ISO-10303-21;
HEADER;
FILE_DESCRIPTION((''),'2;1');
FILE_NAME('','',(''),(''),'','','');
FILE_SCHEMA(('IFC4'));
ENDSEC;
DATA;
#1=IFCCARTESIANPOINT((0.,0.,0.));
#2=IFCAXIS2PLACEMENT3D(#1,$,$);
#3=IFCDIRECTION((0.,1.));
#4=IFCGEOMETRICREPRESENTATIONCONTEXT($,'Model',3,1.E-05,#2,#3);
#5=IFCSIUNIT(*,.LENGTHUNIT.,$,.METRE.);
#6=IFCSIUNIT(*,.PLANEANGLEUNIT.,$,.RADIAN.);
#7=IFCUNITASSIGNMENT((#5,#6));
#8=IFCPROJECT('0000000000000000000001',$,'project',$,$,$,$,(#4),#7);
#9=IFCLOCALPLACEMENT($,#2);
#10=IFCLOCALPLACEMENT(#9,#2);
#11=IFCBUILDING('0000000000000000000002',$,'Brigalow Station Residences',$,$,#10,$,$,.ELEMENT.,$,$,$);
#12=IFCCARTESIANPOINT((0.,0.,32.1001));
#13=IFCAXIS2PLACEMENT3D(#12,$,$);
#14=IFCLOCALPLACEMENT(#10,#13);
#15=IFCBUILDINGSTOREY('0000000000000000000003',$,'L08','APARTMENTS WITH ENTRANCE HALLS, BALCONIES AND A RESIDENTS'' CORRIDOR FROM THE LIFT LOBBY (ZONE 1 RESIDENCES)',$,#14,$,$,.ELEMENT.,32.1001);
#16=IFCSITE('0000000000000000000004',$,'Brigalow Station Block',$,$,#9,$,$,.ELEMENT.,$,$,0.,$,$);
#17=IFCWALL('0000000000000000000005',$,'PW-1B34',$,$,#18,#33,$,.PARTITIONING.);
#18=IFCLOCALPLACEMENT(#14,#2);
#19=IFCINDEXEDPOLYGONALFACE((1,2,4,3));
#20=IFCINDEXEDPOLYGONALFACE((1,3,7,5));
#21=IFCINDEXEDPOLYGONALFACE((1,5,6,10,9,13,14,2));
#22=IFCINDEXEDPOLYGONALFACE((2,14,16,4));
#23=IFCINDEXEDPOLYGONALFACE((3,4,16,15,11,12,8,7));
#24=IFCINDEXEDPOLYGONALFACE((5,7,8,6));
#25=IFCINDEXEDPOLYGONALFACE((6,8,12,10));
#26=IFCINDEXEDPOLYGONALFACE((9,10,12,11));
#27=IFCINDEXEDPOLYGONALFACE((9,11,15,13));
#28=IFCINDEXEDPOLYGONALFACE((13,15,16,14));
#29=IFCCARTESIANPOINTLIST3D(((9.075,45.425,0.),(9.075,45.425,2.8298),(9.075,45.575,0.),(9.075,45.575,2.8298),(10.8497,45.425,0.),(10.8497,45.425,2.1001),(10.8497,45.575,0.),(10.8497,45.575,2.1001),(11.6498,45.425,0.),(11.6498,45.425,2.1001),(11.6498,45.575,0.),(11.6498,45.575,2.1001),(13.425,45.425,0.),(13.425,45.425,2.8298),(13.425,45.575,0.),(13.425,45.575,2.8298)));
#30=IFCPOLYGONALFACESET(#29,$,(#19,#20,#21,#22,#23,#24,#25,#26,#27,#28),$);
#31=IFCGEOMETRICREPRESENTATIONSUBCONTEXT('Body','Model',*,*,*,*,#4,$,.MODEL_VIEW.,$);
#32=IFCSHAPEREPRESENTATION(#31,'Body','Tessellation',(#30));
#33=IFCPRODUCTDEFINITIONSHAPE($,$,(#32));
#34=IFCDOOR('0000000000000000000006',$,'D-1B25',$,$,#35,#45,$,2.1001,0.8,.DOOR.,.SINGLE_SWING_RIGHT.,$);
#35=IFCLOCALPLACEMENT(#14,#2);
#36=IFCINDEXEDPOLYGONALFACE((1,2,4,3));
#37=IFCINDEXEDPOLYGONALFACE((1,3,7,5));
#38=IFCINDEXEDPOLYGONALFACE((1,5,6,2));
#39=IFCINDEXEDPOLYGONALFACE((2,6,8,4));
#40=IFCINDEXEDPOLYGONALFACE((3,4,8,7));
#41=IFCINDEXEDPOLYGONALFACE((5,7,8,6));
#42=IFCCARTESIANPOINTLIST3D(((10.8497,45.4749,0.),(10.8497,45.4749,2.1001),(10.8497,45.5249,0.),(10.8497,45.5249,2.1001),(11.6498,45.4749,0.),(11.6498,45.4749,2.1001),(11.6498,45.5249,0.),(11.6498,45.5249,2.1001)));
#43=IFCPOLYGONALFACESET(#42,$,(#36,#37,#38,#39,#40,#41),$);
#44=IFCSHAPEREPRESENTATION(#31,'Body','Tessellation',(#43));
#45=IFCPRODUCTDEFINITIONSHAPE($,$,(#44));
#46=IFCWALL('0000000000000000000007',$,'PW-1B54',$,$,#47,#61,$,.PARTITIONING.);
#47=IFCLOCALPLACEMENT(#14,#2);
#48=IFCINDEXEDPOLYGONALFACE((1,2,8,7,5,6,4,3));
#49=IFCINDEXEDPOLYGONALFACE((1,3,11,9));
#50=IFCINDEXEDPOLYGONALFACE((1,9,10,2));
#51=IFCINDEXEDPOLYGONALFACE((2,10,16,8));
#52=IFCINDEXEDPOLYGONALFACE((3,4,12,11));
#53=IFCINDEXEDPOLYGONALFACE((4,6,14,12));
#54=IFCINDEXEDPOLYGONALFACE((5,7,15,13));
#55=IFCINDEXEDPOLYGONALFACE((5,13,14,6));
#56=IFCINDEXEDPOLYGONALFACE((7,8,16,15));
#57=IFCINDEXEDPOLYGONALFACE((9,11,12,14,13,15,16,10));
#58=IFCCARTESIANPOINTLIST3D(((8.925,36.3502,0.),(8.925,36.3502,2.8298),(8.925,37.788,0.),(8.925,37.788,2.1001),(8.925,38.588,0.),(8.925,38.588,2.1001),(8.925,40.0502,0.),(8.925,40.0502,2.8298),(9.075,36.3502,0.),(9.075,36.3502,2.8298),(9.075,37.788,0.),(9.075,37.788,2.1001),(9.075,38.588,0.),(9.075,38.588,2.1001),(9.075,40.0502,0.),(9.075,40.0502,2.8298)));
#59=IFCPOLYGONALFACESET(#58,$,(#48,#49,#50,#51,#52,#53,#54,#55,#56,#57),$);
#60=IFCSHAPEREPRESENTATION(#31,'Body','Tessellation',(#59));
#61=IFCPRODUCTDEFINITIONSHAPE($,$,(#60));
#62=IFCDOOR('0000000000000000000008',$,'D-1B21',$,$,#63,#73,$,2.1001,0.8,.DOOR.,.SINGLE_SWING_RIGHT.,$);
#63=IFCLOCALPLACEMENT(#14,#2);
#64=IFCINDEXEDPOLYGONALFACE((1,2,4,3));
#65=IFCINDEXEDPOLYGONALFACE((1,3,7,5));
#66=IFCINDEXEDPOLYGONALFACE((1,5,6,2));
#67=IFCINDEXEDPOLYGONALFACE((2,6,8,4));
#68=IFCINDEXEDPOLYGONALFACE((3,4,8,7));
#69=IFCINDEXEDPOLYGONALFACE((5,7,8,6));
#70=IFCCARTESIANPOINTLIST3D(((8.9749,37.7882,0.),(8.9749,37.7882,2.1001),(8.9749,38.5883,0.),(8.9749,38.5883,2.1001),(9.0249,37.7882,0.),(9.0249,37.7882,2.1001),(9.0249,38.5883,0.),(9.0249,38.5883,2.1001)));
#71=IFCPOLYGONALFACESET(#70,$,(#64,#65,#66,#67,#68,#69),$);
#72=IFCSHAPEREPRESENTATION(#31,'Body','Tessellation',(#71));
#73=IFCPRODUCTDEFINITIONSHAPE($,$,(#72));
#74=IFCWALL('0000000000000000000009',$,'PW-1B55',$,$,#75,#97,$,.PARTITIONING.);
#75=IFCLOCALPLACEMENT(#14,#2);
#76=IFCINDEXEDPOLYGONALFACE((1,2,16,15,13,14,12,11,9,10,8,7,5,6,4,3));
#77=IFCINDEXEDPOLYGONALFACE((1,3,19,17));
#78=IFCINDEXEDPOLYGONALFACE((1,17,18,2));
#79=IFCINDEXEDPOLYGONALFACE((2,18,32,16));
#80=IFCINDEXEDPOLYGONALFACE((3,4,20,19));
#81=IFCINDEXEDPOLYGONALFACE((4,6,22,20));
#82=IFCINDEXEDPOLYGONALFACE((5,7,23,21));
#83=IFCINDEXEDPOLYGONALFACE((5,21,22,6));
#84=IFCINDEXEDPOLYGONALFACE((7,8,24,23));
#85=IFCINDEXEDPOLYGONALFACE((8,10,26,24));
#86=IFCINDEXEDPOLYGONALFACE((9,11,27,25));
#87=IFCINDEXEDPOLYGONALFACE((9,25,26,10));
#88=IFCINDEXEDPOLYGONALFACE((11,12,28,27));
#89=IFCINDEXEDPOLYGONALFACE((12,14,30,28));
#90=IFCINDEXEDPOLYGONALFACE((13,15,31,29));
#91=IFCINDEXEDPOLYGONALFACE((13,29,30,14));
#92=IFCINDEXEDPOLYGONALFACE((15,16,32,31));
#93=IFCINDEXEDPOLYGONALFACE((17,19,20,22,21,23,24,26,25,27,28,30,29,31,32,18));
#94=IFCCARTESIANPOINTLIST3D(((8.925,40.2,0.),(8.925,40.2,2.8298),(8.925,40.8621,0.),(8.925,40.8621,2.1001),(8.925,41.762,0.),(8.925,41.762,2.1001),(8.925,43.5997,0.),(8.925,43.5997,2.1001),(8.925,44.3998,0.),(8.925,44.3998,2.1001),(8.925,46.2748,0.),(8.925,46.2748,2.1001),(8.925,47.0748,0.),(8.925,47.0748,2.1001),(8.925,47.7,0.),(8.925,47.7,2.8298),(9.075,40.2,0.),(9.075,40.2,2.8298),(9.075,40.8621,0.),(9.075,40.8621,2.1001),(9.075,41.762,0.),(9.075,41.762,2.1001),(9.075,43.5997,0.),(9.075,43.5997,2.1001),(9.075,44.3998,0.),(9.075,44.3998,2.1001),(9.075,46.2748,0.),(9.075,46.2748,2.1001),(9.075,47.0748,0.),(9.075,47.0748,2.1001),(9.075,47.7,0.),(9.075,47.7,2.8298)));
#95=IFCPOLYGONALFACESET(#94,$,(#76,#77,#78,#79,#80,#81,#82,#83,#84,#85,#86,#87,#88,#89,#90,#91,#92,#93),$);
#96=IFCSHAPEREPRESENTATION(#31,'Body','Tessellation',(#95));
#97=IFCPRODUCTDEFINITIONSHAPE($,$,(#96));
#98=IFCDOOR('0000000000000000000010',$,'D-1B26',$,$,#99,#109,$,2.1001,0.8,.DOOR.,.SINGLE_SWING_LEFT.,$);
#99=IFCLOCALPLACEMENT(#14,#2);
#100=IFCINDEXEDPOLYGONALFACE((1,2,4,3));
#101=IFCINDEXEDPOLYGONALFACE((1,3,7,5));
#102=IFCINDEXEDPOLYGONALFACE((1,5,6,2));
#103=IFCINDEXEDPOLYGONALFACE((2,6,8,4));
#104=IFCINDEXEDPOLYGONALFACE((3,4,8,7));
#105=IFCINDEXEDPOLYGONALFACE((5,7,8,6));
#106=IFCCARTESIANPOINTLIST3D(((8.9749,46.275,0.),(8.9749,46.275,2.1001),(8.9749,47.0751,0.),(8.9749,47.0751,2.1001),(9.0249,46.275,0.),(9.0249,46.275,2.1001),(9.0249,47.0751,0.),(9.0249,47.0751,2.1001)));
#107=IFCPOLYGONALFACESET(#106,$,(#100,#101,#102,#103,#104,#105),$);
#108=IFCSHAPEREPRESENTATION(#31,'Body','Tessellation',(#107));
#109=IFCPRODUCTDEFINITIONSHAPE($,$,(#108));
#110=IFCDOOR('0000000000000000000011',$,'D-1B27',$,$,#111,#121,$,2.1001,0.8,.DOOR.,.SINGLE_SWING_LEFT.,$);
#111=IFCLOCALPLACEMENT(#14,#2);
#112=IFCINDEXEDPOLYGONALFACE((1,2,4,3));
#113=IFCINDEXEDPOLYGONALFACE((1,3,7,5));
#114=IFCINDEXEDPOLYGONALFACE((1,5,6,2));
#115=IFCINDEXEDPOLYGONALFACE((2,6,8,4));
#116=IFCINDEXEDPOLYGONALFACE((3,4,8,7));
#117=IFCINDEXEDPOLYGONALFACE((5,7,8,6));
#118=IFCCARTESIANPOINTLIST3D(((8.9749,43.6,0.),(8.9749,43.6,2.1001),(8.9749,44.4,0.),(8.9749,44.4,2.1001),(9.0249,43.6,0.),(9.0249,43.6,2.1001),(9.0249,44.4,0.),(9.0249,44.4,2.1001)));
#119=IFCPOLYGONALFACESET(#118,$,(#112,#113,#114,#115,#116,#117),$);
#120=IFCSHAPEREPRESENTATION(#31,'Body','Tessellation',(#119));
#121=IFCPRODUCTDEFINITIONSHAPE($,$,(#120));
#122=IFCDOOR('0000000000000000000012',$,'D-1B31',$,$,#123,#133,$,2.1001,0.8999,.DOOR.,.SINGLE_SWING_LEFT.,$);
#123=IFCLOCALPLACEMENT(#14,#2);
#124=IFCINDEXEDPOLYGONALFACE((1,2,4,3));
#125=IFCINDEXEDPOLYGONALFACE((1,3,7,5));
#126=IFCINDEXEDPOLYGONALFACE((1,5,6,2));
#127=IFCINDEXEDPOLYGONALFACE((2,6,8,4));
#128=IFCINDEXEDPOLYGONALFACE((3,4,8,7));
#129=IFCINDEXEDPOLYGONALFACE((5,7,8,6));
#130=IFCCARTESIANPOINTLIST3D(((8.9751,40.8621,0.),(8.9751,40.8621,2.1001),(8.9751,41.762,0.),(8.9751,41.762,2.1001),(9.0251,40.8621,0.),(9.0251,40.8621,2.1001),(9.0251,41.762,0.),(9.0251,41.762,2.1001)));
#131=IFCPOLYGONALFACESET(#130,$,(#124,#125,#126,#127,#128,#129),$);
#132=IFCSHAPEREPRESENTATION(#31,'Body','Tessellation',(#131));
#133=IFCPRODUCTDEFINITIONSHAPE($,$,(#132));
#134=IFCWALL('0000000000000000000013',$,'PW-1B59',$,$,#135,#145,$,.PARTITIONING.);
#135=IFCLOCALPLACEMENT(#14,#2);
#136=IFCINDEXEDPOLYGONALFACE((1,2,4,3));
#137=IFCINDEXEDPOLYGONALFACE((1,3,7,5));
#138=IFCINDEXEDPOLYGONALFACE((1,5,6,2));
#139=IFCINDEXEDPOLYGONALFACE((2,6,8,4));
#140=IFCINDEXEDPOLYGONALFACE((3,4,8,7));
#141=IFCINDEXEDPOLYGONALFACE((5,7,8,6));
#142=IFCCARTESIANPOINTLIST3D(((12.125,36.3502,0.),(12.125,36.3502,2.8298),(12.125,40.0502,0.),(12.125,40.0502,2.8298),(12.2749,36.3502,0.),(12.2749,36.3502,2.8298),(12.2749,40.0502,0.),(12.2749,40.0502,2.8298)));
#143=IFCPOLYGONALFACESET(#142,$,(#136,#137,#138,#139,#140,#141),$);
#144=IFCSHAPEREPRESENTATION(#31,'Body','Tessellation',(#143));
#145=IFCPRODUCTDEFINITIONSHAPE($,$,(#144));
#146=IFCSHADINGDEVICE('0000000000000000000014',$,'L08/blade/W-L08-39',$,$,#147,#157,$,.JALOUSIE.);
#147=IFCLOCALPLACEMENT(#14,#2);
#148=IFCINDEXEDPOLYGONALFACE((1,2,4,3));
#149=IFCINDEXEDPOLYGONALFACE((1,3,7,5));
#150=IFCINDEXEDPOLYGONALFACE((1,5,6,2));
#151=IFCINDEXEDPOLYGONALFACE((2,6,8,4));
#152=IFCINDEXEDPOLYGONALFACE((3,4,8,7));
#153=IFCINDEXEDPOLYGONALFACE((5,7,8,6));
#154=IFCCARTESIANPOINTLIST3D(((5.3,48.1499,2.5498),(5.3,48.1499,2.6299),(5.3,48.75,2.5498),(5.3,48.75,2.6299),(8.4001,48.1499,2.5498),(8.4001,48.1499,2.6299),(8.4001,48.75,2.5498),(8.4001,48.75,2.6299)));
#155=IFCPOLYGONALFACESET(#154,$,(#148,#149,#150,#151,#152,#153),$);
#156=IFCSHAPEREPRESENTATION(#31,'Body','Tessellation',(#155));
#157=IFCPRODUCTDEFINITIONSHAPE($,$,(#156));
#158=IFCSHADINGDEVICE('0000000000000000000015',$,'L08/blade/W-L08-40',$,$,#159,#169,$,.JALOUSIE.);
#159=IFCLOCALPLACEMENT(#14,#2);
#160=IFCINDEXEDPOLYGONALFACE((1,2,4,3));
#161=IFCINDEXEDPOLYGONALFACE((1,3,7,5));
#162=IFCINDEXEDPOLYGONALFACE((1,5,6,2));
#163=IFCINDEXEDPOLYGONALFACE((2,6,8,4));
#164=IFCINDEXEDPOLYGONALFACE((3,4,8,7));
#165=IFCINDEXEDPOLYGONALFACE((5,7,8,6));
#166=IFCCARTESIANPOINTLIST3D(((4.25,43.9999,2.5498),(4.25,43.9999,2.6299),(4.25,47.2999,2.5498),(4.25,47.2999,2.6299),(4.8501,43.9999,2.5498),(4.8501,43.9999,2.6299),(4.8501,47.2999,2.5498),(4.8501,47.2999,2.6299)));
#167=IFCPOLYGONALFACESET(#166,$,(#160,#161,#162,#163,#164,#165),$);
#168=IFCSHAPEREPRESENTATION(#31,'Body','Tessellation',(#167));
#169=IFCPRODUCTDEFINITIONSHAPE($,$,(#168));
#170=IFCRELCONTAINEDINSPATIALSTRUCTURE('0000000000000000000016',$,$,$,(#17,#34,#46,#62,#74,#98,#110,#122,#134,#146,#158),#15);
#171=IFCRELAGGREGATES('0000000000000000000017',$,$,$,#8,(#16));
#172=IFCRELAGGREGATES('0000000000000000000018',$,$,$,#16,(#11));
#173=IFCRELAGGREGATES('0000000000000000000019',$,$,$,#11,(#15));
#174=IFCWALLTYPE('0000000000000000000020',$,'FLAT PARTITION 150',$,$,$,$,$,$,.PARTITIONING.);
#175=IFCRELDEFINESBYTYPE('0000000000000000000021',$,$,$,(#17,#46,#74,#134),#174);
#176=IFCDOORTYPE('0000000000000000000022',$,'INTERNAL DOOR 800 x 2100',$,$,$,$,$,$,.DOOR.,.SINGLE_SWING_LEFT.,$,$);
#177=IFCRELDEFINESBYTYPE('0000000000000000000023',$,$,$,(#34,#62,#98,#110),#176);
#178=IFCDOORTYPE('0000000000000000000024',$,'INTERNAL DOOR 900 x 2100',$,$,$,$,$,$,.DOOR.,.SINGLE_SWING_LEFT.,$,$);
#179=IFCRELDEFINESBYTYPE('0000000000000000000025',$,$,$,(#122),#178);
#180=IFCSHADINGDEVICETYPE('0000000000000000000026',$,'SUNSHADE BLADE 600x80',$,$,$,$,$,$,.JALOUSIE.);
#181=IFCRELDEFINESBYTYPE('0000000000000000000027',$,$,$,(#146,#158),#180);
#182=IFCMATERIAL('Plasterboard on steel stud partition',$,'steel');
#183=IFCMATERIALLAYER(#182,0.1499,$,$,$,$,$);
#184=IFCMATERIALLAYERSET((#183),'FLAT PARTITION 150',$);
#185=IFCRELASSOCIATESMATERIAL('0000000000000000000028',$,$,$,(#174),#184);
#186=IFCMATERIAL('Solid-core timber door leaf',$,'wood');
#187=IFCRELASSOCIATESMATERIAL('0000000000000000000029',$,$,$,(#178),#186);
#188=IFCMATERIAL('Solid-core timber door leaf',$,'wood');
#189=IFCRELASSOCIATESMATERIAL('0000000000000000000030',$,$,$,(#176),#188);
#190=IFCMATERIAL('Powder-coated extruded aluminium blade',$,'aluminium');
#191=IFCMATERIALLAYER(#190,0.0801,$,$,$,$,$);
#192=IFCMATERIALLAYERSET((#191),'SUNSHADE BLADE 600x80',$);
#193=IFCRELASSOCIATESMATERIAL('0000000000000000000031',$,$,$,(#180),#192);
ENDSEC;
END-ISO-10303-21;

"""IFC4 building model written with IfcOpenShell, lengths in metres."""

from ifc_helpers import new_model, si_unit, direction, frame, frame_2d, origin, origin_2d, place, context, subcontext, project, spatial, rectangle, extrude, material, layer, layer_set, type_object, element, fill, save


model = new_model("IFC4")

# Units and contexts
model_context = context("Model", 3, precision=1e-05, world=origin(), true_north=direction((0.0, 1.0)))
body_context = subcontext(model_context, "Body", "Model", "MODEL_VIEW")
ifc_project = project(units=[si_unit("LENGTHUNIT", "METRE"), si_unit("PLANEANGLEUNIT", "RADIAN")], contexts=[model_context])

# Site, building, storey
site_placement = place(None, origin())
site = spatial("IfcSite", under=ifc_project, at=site_placement, Name="Brigalow Station Block", CompositionType="ELEMENT", RefElevation=0.0)
building_placement = place(site_placement, origin())
building = spatial("IfcBuilding", under=site, at=building_placement, Name="Brigalow Station Residences", CompositionType="ELEMENT")
storey_placement = place(building_placement, frame((0.0, 0.0, 32.1001)))
storey = spatial("IfcBuildingStorey", under=building, at=storey_placement, Name="L08", Description="APARTMENTS WITH ENTRANCE HALLS, BALCONIES AND A RESIDENTS' CORRIDOR FROM THE LIFT LOBBY (ZONE 1 RESIDENCES)", CompositionType="ELEMENT", Elevation=32.1001)

# Shared definitions
ifc_material_1 = material(Name="Plasterboard on steel stud partition", Category="steel")
ifc_layer_1 = layer(ifc_material_1, 0.1499)
ifc_layer_set_1 = layer_set([ifc_layer_1], Name="FLAT PARTITION 150")
wall_type_1 = type_object("IfcWallType", Name="FLAT PARTITION 150", PredefinedType="PARTITIONING", material=ifc_layer_set_1)
ifc_material_2 = material(Name="Solid-core timber door leaf", Category="wood")
door_type_1 = type_object("IfcDoorType", Name="INTERNAL DOOR 900 x 2100", OperationType="SINGLE_SWING_LEFT", PredefinedType="DOOR", material=ifc_material_2)

# Walls, openings, doors
wall_1_placement = place(storey_placement, frame((9.075, 45.5, 0.0), z_axis=(0.0, 0.0, 1.0), x_axis=(1.0, 0.0, 0.0)))
wall_1 = element("IfcWall", 1, at=wall_1_placement, inside=storey, type_object=wall_type_1, Name="PW-1B34", PredefinedType="PARTITIONING", context=body_context, shape_type="SweptSolid", body=[
    extrude(rectangle(XDim=4.3501, YDim=0.1499, at=frame_2d((2.175, 0.0))), origin(), (0.0, 0.0, 1.0), 2.8298),
])
opening_1_placement = place(wall_1_placement, frame((1.7749, 0.0, 0.0)))
opening_1 = element("IfcOpeningElement", 2, at=opening_1_placement, cuts=wall_1, PredefinedType="OPENING", context=body_context, shape_type="SweptSolid", body=[
    extrude(rectangle(XDim=0.8, YDim=2.1001, at=frame_2d((0.3999, 1.05))), frame((0.0, 0.085, 0.0), z_axis=(0.0, -1.0, 0.0), x_axis=(1.0, 0.0, 0.0)), (0.0, 0.0, 1.0), 0.1699),
])
ifc_material_3 = material(Name="Solid-core timber door leaf", Category="wood")
door_type_2 = type_object("IfcDoorType", Name="INTERNAL DOOR 800 x 2100", OperationType="SINGLE_SWING_LEFT", PredefinedType="DOOR", material=ifc_material_3)
door_1_placement = place(opening_1_placement, origin())
door_1 = element("IfcDoor", 3, at=door_1_placement, inside=storey, type_object=door_type_2, Name="D-1B25", OperationType="SINGLE_SWING_RIGHT", OverallHeight=2.1001, OverallWidth=0.8, PredefinedType="DOOR", context=body_context, shape_type="SweptSolid", body=[
    extrude(rectangle(XDim=0.8, YDim=2.1001, at=frame_2d((0.3999, 1.05))), frame((0.0, 0.0249, 0.0), z_axis=(0.0, -1.0, 0.0), x_axis=(1.0, 0.0, 0.0)), (0.0, 0.0, 1.0), 0.05),
])
fill(opening_1, door_1)
wall_2_placement = place(storey_placement, frame((9.0, 36.3501, 0.0), z_axis=(0.0, 0.0, 1.0), x_axis=(0.0, 1.0, 0.0)))
wall_2 = element("IfcWall", 4, at=wall_2_placement, inside=storey, type_object=wall_type_1, Name="PW-1B54", PredefinedType="PARTITIONING", context=body_context, shape_type="SweptSolid", body=[
    extrude(rectangle(XDim=3.7, YDim=0.1499, at=frame_2d((1.8501, 0.0))), origin(), (0.0, 0.0, 1.0), 2.8298),
])
opening_2_placement = place(wall_2_placement, frame((1.438, 0.0, 0.0)))
opening_2 = element("IfcOpeningElement", 5, at=opening_2_placement, cuts=wall_2, PredefinedType="OPENING", context=body_context, shape_type="SweptSolid", body=[
    extrude(rectangle(XDim=0.8, YDim=2.1001, at=frame_2d((0.3999, 1.05))), frame((0.0, 0.085, 0.0), z_axis=(0.0, -1.0, 0.0), x_axis=(1.0, 0.0, 0.0)), (0.0, 0.0, 1.0), 0.1699),
])
door_2_placement = place(opening_2_placement, frame((0.8, 0.0, 0.0), z_axis=(0.0, 0.0, 1.0), x_axis=(-1.0, 0.0, 0.0)))
door_2 = element("IfcDoor", 6, at=door_2_placement, inside=storey, type_object=door_type_2, Name="D-1B21", OperationType="SINGLE_SWING_RIGHT", OverallHeight=2.1001, OverallWidth=0.8, PredefinedType="DOOR", context=body_context, shape_type="SweptSolid", body=[
    extrude(rectangle(XDim=0.8, YDim=2.1001, at=frame_2d((0.3999, 1.05))), frame((0.0, 0.0249, 0.0), z_axis=(0.0, -1.0, 0.0), x_axis=(1.0, 0.0, 0.0)), (0.0, 0.0, 1.0), 0.05),
])
fill(opening_2, door_2)

# Wall, openings, doors
wall_3_placement = place(storey_placement, frame((9.0, 40.2, 0.0), z_axis=(0.0, 0.0, 1.0), x_axis=(0.0, 1.0, 0.0)))
wall_3 = element("IfcWall", 7, at=wall_3_placement, inside=storey, type_object=wall_type_1, Name="PW-1B55", PredefinedType="PARTITIONING", context=body_context, shape_type="SweptSolid", body=[
    extrude(rectangle(XDim=7.5, YDim=0.1499, at=frame_2d((3.75, 0.0))), origin(), (0.0, 0.0, 1.0), 2.8298),
])
opening_3_placement = place(wall_3_placement, frame((6.075, 0.0, 0.0)))
opening_3 = element("IfcOpeningElement", 8, at=opening_3_placement, cuts=wall_3, PredefinedType="OPENING", context=body_context, shape_type="SweptSolid", body=[
    extrude(rectangle(XDim=0.8, YDim=2.1001, at=frame_2d((0.3999, 1.05))), frame((0.0, 0.085, 0.0), z_axis=(0.0, -1.0, 0.0), x_axis=(1.0, 0.0, 0.0)), (0.0, 0.0, 1.0), 0.1699),
])
opening_4_placement = place(wall_3_placement, frame((3.3999, 0.0, 0.0)))
opening_4 = element("IfcOpeningElement", 9, at=opening_4_placement, cuts=wall_3, PredefinedType="OPENING", context=body_context, shape_type="SweptSolid", body=[
    extrude(rectangle(XDim=0.8, YDim=2.1001, at=frame_2d((0.3999, 1.05))), frame((0.0, 0.085, 0.0), z_axis=(0.0, -1.0, 0.0), x_axis=(1.0, 0.0, 0.0)), (0.0, 0.0, 1.0), 0.1699),
])
opening_5_placement = place(wall_3_placement, frame((0.6621, 0.0, 0.0)))
opening_5 = element("IfcOpeningElement", 10, at=opening_5_placement, cuts=wall_3, PredefinedType="OPENING", context=body_context, shape_type="SweptSolid", body=[
    extrude(rectangle(XDim=0.8999, YDim=2.1001, at=frame_2d((0.45, 1.05))), frame((0.0, 0.085, 0.0), z_axis=(0.0, -1.0, 0.0), x_axis=(1.0, 0.0, 0.0)), (0.0, 0.0, 1.0), 0.1699),
])
door_3_placement = place(opening_3_placement, frame((0.8, 0.0, 0.0), z_axis=(0.0, 0.0, 1.0), x_axis=(-1.0, 0.0, 0.0)))
door_3 = element("IfcDoor", 11, at=door_3_placement, inside=storey, type_object=door_type_2, Name="D-1B26", OperationType="SINGLE_SWING_LEFT", OverallHeight=2.1001, OverallWidth=0.8, PredefinedType="DOOR", context=body_context, shape_type="SweptSolid", body=[
    extrude(rectangle(XDim=0.8, YDim=2.1001, at=frame_2d((0.3999, 1.05))), frame((0.0, 0.0249, 0.0), z_axis=(0.0, -1.0, 0.0), x_axis=(1.0, 0.0, 0.0)), (0.0, 0.0, 1.0), 0.05),
])
fill(opening_3, door_3)
door_4_placement = place(opening_4_placement, frame((0.8, 0.0, 0.0), z_axis=(0.0, 0.0, 1.0), x_axis=(-1.0, 0.0, 0.0)))
door_4 = element("IfcDoor", 12, at=door_4_placement, inside=storey, type_object=door_type_2, Name="D-1B27", OperationType="SINGLE_SWING_LEFT", OverallHeight=2.1001, OverallWidth=0.8, PredefinedType="DOOR", context=body_context, shape_type="SweptSolid", body=[
    extrude(rectangle(XDim=0.8, YDim=2.1001, at=frame_2d((0.3999, 1.05))), frame((0.0, 0.0249, 0.0), z_axis=(0.0, -1.0, 0.0), x_axis=(1.0, 0.0, 0.0)), (0.0, 0.0, 1.0), 0.05),
])
fill(opening_4, door_4)
door_5_placement = place(opening_5_placement, origin())
door_5 = element("IfcDoor", 13, at=door_5_placement, inside=storey, type_object=door_type_1, Name="D-1B31", OperationType="SINGLE_SWING_LEFT", OverallHeight=2.1001, OverallWidth=0.8999, PredefinedType="DOOR", context=body_context, shape_type="SweptSolid", body=[
    extrude(rectangle(XDim=0.8999, YDim=2.1001, at=frame_2d((0.45, 1.05))), frame((0.0, 0.0249, 0.0), z_axis=(0.0, -1.0, 0.0), x_axis=(1.0, 0.0, 0.0)), (0.0, 0.0, 1.0), 0.05),
])
fill(opening_5, door_5)

# Wall
wall_4_placement = place(storey_placement, frame((12.2, 36.3501, 0.0), z_axis=(0.0, 0.0, 1.0), x_axis=(0.0, 1.0, 0.0)))
element("IfcWall", 14, at=wall_4_placement, inside=storey, type_object=wall_type_1, Name="PW-1B59", PredefinedType="PARTITIONING", context=body_context, shape_type="SweptSolid", body=[
    extrude(rectangle(XDim=3.7, YDim=0.1499, at=frame_2d((1.8501, 0.0))), origin(), (0.0, 0.0, 1.0), 2.8298),
])

# Shading devices
ifc_material_4 = material(Name="Powder-coated extruded aluminium blade", Category="aluminium")
ifc_layer_2 = layer(ifc_material_4, 0.0801)
ifc_layer_set_2 = layer_set([ifc_layer_2], Name="SUNSHADE BLADE 600x80")
shading_device_type = type_object("IfcShadingDeviceType", Name="SUNSHADE BLADE 600x80", PredefinedType="JALOUSIE", material=ifc_layer_set_2)
shading_device_1_placement = place(storey_placement, frame((6.8501, 48.45, 2.5498), z_axis=(0.0, 0.0, 1.0), x_axis=(-1.0, 0.0, 0.0)))
element("IfcShadingDevice", 15, at=shading_device_1_placement, inside=storey, type_object=shading_device_type, Name="L08/blade/W-L08-39", PredefinedType="JALOUSIE", context=body_context, shape_type="SweptSolid", body=[
    extrude(rectangle(XDim=3.1001, YDim=0.6001, at=origin_2d()), origin(), (0.0, 0.0, 1.0), 0.0801),
])
shading_device_2_placement = place(storey_placement, frame((4.55, 45.6499, 2.5498), z_axis=(0.0, 0.0, 1.0), x_axis=(0.0, -1.0, 0.0)))
element("IfcShadingDevice", 16, at=shading_device_2_placement, inside=storey, type_object=shading_device_type, Name="L08/blade/W-L08-40", PredefinedType="JALOUSIE", context=body_context, shape_type="SweptSolid", body=[
    extrude(rectangle(XDim=3.3, YDim=0.6001, at=origin_2d()), origin(), (0.0, 0.0, 1.0), 0.0801),
])

save(model, "model.ifc")
